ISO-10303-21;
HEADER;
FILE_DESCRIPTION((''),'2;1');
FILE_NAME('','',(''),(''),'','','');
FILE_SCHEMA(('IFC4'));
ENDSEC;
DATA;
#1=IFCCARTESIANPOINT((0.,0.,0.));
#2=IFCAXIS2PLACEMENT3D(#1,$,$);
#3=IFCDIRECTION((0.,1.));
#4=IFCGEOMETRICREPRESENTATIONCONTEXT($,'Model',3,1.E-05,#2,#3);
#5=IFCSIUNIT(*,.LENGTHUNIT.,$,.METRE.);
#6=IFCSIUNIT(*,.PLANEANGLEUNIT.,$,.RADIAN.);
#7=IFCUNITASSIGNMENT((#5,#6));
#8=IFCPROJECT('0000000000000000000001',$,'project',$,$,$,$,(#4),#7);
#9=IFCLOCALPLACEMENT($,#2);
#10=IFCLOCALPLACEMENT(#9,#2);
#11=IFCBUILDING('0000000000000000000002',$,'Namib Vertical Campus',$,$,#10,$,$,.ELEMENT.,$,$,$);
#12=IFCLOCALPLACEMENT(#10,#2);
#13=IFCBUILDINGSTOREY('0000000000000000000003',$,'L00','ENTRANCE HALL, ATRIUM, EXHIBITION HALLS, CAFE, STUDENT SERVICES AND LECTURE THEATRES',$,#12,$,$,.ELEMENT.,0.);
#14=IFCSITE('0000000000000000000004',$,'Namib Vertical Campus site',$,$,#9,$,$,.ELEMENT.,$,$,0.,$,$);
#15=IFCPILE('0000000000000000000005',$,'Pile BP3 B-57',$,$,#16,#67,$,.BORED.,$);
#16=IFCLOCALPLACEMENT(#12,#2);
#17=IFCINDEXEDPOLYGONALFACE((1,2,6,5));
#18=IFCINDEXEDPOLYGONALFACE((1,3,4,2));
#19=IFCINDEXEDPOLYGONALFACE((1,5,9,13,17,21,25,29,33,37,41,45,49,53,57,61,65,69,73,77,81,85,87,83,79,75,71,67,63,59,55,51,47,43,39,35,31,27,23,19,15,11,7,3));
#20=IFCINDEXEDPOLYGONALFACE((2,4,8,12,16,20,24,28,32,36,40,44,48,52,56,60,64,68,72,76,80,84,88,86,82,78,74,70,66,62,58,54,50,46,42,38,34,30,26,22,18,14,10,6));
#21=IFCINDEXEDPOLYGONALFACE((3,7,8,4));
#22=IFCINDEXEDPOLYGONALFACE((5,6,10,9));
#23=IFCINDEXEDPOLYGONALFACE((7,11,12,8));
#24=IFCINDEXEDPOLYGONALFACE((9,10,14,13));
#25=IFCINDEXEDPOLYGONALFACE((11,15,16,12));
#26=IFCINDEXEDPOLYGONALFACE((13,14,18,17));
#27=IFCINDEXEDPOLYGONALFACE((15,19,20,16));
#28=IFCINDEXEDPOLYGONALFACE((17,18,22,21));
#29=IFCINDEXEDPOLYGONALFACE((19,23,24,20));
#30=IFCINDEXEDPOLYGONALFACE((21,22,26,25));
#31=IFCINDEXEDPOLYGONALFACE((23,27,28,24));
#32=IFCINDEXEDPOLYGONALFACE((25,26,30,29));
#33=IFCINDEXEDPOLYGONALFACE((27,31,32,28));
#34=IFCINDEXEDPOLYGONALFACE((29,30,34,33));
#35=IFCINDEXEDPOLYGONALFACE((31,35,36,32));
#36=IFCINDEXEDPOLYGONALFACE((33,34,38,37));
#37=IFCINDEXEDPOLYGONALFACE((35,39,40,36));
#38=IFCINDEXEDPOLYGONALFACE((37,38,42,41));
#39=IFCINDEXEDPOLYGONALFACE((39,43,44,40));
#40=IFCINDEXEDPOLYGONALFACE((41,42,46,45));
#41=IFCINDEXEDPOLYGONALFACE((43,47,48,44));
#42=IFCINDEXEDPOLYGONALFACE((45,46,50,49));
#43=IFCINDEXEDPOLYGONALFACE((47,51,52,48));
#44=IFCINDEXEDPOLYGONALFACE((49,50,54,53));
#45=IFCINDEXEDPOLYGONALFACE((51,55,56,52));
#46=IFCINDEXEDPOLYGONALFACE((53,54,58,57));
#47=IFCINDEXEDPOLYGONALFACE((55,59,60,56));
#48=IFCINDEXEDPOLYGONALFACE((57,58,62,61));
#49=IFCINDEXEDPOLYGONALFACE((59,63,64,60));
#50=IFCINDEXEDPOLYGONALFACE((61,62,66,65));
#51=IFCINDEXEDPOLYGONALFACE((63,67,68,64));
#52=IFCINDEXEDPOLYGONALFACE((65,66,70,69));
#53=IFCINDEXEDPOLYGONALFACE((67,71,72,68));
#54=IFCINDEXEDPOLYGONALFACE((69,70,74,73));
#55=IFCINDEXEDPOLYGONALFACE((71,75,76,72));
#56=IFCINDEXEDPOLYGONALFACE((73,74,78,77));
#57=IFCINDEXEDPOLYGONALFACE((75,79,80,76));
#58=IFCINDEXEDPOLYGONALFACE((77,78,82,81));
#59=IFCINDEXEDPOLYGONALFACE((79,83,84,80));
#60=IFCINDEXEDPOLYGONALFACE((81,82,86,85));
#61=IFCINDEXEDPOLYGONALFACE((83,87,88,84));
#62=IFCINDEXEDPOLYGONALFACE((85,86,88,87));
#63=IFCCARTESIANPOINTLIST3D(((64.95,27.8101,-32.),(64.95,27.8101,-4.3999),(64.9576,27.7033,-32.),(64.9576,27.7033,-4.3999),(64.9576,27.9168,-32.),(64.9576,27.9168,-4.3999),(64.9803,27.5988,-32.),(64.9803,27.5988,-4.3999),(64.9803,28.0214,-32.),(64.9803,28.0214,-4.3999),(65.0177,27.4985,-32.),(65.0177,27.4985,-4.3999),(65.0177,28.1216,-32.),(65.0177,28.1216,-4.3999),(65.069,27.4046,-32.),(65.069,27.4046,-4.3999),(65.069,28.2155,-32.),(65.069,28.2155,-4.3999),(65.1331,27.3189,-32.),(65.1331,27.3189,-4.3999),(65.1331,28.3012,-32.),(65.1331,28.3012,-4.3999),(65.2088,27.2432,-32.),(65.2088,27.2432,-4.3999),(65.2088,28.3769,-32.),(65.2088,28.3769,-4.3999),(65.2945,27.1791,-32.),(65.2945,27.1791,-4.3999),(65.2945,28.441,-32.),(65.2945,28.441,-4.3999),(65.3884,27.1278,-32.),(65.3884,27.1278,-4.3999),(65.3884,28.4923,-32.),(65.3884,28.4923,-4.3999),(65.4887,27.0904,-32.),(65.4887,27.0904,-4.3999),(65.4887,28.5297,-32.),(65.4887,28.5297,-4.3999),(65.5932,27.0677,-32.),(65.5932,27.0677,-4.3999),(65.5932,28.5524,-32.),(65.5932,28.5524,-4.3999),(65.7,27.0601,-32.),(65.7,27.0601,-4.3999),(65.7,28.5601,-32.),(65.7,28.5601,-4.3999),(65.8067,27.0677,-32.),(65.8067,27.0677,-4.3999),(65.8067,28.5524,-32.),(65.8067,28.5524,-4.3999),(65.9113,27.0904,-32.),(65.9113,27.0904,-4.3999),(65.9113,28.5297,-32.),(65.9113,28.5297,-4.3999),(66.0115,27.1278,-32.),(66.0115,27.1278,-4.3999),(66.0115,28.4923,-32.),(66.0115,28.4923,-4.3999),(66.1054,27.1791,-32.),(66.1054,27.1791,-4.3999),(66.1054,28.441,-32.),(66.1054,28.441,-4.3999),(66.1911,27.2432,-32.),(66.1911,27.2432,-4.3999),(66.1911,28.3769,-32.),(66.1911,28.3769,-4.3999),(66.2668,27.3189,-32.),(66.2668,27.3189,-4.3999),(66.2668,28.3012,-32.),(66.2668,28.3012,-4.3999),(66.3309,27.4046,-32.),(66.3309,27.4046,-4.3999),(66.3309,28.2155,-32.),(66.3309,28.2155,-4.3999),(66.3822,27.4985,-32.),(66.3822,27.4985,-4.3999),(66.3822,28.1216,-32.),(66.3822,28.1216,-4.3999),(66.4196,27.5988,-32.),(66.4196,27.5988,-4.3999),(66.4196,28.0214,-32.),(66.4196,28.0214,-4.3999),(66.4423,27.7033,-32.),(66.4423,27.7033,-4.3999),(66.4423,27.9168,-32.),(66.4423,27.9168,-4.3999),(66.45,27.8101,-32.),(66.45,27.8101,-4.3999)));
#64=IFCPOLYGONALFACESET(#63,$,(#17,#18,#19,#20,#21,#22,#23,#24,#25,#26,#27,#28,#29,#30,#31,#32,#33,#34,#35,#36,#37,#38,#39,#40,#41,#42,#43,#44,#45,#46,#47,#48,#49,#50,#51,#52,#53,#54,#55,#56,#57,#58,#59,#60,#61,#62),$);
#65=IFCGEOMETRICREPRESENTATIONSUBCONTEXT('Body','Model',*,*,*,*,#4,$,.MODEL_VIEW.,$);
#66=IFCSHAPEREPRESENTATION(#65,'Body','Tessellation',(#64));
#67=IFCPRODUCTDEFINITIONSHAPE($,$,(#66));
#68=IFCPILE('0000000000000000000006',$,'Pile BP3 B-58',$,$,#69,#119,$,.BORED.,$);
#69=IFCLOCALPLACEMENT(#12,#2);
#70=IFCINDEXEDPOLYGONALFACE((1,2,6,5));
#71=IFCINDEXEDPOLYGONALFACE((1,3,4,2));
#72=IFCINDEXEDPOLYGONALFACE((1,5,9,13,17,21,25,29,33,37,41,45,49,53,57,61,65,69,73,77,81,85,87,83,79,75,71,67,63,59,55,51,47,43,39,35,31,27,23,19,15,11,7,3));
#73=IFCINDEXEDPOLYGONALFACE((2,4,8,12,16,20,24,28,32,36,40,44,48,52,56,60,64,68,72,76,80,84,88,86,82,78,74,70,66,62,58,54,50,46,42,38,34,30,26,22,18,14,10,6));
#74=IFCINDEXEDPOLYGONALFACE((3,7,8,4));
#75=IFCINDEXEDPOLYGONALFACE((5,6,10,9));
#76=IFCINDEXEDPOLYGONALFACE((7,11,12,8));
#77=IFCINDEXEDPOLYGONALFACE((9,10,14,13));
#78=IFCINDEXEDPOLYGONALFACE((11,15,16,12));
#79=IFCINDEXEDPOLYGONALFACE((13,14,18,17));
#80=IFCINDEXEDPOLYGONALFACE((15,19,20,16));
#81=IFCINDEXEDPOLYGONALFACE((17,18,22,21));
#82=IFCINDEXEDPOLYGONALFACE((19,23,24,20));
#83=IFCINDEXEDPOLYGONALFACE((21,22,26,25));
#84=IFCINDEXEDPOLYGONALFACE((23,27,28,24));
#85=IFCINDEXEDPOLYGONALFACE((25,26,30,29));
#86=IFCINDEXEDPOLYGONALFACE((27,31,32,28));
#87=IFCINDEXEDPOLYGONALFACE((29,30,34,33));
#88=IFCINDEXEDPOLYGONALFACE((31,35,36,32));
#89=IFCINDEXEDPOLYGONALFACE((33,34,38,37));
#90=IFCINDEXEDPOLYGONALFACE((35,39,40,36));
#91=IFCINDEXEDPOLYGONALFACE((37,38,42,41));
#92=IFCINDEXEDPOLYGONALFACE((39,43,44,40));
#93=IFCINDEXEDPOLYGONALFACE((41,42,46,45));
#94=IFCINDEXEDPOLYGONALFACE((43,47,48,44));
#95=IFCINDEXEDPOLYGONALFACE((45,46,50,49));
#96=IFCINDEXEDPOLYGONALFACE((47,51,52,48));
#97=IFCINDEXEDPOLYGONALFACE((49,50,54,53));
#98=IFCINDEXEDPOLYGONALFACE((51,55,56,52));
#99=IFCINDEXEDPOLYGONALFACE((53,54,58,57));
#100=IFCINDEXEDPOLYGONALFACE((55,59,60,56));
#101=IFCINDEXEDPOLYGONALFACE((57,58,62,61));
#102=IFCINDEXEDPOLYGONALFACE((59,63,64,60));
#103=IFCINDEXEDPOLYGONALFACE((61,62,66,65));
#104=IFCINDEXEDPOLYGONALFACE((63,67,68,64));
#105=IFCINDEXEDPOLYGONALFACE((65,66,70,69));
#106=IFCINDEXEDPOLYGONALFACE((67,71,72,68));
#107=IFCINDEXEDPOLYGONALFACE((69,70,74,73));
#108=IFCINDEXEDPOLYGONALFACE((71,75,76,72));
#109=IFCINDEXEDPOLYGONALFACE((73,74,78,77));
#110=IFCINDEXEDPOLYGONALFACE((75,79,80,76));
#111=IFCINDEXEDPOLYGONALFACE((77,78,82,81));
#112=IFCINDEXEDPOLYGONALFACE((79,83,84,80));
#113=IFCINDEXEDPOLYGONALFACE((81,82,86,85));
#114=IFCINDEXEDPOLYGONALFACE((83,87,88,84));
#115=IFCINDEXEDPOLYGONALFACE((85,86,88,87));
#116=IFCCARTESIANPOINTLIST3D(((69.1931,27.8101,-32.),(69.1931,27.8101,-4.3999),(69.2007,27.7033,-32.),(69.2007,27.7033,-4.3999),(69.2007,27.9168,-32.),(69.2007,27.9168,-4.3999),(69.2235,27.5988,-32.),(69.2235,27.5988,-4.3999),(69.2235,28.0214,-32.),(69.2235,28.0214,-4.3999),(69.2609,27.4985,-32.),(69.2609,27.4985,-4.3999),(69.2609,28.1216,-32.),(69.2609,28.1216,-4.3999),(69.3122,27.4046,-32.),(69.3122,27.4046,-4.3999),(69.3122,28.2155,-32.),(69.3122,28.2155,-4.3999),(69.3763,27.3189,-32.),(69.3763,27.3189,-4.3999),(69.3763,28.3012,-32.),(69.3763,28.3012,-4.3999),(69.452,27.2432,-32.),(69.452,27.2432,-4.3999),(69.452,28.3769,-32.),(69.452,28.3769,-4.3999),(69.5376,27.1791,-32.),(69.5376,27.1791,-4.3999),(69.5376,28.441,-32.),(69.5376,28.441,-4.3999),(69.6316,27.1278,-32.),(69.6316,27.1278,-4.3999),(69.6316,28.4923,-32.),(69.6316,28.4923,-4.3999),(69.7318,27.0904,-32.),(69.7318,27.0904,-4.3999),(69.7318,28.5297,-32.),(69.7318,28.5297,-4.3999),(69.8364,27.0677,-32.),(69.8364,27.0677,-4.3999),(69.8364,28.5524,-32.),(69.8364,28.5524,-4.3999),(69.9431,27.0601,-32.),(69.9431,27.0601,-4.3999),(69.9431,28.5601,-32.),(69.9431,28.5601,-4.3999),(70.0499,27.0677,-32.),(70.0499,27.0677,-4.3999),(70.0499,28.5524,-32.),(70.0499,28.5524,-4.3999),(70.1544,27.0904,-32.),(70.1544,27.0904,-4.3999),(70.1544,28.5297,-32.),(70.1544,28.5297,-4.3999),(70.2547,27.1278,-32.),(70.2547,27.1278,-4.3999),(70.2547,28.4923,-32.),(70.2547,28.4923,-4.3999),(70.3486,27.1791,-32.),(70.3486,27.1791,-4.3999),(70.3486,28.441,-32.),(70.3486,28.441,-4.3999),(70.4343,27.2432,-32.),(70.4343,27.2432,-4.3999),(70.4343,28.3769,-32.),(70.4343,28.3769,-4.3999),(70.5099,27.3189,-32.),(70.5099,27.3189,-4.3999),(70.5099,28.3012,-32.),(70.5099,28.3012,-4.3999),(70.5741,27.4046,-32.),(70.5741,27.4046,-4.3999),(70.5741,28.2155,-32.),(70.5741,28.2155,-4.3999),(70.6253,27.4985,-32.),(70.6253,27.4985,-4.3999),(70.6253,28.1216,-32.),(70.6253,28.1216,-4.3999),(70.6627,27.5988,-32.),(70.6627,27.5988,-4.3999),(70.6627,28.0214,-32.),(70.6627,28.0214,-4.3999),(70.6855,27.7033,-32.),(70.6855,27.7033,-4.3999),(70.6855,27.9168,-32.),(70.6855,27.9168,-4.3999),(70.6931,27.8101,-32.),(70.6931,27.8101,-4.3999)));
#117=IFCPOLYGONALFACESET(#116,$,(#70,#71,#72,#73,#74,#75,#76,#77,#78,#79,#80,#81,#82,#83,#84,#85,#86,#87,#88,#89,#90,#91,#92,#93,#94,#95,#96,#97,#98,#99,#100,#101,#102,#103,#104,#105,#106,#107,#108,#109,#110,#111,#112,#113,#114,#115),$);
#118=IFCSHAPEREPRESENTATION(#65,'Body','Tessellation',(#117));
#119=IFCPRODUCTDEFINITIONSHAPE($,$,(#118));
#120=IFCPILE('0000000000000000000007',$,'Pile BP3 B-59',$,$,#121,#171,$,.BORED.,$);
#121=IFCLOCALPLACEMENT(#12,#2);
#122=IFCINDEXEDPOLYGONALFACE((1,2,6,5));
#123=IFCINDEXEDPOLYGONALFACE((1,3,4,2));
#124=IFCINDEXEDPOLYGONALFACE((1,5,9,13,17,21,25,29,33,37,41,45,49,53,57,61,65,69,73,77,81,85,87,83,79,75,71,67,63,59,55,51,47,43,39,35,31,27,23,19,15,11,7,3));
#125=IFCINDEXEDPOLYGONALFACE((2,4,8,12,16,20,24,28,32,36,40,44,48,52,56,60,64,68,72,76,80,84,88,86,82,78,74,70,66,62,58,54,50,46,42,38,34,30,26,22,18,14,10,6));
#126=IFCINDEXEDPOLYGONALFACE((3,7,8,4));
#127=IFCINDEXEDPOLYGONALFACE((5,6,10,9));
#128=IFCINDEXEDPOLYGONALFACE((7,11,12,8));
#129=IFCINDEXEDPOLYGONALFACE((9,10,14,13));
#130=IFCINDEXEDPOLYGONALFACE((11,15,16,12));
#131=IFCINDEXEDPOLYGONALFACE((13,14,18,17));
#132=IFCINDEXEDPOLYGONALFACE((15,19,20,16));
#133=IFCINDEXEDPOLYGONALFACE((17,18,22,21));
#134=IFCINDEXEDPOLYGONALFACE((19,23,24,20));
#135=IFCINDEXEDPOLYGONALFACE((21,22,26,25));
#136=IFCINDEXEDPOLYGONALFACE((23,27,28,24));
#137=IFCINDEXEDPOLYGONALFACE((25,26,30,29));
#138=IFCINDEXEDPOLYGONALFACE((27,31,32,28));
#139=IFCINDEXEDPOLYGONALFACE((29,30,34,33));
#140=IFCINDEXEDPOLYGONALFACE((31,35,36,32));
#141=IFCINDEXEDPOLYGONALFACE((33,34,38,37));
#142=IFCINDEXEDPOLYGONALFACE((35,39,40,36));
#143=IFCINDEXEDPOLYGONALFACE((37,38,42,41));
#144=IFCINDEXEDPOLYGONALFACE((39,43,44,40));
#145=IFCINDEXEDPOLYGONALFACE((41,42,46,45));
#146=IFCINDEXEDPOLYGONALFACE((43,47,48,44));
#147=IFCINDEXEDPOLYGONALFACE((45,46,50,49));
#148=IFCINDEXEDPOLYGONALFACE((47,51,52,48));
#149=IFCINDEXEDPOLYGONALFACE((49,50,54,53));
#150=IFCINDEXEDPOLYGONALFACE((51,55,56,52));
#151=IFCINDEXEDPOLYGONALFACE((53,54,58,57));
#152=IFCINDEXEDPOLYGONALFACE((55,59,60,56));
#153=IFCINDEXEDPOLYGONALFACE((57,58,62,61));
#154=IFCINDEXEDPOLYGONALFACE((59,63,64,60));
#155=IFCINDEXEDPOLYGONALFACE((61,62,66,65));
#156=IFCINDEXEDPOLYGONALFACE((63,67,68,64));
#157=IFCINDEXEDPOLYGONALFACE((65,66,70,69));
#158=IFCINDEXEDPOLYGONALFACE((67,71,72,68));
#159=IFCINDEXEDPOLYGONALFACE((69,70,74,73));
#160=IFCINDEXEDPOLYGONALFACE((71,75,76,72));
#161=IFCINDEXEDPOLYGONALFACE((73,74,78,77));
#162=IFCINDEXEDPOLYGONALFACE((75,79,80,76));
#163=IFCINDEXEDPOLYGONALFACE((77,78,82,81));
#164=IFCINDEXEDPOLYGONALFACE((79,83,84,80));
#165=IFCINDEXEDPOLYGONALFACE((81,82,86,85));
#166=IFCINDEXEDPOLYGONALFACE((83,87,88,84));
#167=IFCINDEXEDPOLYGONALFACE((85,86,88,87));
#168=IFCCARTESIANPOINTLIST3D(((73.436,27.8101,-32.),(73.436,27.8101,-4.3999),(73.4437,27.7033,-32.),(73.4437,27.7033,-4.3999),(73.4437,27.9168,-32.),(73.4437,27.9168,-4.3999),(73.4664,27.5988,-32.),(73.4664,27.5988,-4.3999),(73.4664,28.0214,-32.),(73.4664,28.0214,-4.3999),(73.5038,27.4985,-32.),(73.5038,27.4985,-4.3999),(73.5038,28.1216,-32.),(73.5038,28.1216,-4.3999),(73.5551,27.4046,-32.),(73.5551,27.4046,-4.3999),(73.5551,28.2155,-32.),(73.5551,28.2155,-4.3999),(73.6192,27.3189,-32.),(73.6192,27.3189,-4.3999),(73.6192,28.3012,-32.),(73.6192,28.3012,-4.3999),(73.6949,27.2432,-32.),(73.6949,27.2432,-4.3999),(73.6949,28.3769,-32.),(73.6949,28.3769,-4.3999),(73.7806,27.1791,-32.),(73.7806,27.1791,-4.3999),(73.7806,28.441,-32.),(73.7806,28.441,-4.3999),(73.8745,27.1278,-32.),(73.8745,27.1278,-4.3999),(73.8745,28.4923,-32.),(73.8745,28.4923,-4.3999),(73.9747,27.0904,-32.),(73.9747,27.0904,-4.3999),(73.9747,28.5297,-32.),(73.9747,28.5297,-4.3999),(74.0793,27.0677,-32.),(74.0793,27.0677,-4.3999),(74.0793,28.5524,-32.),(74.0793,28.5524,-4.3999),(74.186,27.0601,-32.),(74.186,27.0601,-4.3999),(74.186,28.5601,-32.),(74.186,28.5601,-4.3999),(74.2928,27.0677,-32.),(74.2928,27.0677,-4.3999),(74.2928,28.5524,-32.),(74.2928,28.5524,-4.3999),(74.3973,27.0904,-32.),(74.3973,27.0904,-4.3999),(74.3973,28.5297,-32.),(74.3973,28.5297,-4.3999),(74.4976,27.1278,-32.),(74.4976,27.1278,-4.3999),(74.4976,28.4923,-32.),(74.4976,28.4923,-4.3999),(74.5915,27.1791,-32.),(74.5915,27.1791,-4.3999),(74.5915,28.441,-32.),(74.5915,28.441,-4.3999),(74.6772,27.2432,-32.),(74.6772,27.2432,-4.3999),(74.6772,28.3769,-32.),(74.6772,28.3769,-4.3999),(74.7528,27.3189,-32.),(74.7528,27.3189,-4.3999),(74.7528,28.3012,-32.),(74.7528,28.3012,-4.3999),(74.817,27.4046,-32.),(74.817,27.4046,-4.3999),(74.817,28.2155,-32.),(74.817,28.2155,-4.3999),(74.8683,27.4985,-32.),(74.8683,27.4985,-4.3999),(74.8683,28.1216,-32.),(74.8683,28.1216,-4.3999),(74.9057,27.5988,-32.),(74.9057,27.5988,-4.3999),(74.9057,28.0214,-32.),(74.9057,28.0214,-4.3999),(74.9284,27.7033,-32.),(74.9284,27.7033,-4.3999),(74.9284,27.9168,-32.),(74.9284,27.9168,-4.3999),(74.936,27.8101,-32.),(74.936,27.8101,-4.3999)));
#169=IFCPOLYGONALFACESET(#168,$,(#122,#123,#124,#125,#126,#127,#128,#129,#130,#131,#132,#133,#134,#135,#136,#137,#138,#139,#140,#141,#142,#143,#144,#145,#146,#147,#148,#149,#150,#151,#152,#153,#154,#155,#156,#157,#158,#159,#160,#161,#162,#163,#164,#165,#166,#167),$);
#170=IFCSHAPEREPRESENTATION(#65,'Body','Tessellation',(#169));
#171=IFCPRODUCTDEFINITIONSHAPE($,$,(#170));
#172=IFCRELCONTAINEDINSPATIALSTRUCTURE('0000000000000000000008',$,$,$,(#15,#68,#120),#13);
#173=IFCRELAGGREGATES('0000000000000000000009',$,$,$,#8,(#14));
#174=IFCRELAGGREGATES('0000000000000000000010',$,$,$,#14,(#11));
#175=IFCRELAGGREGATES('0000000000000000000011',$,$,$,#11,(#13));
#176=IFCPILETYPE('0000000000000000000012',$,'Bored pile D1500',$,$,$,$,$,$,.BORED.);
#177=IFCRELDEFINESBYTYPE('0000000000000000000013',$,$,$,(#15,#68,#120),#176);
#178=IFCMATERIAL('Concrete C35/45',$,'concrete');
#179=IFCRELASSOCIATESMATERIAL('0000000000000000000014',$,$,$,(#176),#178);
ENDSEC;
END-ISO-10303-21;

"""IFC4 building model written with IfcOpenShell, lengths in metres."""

from ifc_helpers import new_model, si_unit, direction, frame, origin, origin_2d, place, context, subcontext, project, spatial, circle, extrude, material, material_profile, profile_set, type_object, element, save


model = new_model("IFC4")

# Units and contexts
model_context = context("Model", 3, precision=1e-05, world=origin(), true_north=direction((0.0, 1.0)))
body_context = subcontext(model_context, "Body", "Model", "MODEL_VIEW")
ifc_project = project(units=[si_unit("LENGTHUNIT", "METRE"), si_unit("PLANEANGLEUNIT", "RADIAN")], contexts=[model_context])

# Site, building, storey
site_placement = place(None, origin())
site = spatial("IfcSite", under=ifc_project, at=site_placement, Name="Namib Vertical Campus site", CompositionType="ELEMENT", RefElevation=0.0)
building_placement = place(site_placement, origin())
building = spatial("IfcBuilding", under=site, at=building_placement, Name="Namib Vertical Campus", CompositionType="ELEMENT")
storey_placement = place(building_placement, origin())
storey = spatial("IfcBuildingStorey", under=building, at=storey_placement, Name="L00", Description="ENTRANCE HALL, ATRIUM, EXHIBITION HALLS, CAFE, STUDENT SERVICES AND LECTURE THEATRES", CompositionType="ELEMENT", Elevation=0.0)

# Piles
ifc_material_1 = material(Name="Concrete C35/45", Category="concrete")
ifc_material_profile_1 = material_profile(ifc_material_1, circle(Radius=0.75, at=origin_2d()))
ifc_profile_set_1 = profile_set([ifc_material_profile_1], Name="Concrete C35/45")
pile_type = type_object("IfcPileType", Name="Bored pile D1500", PredefinedType="BORED", material=ifc_profile_set_1)
for number, where, z_axis, x_axis, name in (
    (1, (65.7, 27.8101, -4.3999), (0.0, 0.0, -1.0), (1.0, 0.0, 0.0), "Pile BP3 B-57"),
    (2, (69.9431, 27.8101, -4.3999), (0.0, 0.0, -1.0), (1.0, 0.0, 0.0), "Pile BP3 B-58"),
    (3, (74.186, 27.8101, -4.3999), (0.0, 0.0, -1.0), (1.0, 0.0, 0.0), "Pile BP3 B-59"),
):
    element("IfcPile", number, at=place(storey_placement, frame(where, z_axis=z_axis, x_axis=x_axis)), inside=storey, type_object=pile_type, Name=name, PredefinedType="BORED", context=body_context, shape_type="SweptSolid", body=[
        extrude(circle(Radius=0.75, at=origin_2d()), origin(), (0.0, 0.0, 1.0), 27.6001),
    ])

save(model, "model.ifc")
